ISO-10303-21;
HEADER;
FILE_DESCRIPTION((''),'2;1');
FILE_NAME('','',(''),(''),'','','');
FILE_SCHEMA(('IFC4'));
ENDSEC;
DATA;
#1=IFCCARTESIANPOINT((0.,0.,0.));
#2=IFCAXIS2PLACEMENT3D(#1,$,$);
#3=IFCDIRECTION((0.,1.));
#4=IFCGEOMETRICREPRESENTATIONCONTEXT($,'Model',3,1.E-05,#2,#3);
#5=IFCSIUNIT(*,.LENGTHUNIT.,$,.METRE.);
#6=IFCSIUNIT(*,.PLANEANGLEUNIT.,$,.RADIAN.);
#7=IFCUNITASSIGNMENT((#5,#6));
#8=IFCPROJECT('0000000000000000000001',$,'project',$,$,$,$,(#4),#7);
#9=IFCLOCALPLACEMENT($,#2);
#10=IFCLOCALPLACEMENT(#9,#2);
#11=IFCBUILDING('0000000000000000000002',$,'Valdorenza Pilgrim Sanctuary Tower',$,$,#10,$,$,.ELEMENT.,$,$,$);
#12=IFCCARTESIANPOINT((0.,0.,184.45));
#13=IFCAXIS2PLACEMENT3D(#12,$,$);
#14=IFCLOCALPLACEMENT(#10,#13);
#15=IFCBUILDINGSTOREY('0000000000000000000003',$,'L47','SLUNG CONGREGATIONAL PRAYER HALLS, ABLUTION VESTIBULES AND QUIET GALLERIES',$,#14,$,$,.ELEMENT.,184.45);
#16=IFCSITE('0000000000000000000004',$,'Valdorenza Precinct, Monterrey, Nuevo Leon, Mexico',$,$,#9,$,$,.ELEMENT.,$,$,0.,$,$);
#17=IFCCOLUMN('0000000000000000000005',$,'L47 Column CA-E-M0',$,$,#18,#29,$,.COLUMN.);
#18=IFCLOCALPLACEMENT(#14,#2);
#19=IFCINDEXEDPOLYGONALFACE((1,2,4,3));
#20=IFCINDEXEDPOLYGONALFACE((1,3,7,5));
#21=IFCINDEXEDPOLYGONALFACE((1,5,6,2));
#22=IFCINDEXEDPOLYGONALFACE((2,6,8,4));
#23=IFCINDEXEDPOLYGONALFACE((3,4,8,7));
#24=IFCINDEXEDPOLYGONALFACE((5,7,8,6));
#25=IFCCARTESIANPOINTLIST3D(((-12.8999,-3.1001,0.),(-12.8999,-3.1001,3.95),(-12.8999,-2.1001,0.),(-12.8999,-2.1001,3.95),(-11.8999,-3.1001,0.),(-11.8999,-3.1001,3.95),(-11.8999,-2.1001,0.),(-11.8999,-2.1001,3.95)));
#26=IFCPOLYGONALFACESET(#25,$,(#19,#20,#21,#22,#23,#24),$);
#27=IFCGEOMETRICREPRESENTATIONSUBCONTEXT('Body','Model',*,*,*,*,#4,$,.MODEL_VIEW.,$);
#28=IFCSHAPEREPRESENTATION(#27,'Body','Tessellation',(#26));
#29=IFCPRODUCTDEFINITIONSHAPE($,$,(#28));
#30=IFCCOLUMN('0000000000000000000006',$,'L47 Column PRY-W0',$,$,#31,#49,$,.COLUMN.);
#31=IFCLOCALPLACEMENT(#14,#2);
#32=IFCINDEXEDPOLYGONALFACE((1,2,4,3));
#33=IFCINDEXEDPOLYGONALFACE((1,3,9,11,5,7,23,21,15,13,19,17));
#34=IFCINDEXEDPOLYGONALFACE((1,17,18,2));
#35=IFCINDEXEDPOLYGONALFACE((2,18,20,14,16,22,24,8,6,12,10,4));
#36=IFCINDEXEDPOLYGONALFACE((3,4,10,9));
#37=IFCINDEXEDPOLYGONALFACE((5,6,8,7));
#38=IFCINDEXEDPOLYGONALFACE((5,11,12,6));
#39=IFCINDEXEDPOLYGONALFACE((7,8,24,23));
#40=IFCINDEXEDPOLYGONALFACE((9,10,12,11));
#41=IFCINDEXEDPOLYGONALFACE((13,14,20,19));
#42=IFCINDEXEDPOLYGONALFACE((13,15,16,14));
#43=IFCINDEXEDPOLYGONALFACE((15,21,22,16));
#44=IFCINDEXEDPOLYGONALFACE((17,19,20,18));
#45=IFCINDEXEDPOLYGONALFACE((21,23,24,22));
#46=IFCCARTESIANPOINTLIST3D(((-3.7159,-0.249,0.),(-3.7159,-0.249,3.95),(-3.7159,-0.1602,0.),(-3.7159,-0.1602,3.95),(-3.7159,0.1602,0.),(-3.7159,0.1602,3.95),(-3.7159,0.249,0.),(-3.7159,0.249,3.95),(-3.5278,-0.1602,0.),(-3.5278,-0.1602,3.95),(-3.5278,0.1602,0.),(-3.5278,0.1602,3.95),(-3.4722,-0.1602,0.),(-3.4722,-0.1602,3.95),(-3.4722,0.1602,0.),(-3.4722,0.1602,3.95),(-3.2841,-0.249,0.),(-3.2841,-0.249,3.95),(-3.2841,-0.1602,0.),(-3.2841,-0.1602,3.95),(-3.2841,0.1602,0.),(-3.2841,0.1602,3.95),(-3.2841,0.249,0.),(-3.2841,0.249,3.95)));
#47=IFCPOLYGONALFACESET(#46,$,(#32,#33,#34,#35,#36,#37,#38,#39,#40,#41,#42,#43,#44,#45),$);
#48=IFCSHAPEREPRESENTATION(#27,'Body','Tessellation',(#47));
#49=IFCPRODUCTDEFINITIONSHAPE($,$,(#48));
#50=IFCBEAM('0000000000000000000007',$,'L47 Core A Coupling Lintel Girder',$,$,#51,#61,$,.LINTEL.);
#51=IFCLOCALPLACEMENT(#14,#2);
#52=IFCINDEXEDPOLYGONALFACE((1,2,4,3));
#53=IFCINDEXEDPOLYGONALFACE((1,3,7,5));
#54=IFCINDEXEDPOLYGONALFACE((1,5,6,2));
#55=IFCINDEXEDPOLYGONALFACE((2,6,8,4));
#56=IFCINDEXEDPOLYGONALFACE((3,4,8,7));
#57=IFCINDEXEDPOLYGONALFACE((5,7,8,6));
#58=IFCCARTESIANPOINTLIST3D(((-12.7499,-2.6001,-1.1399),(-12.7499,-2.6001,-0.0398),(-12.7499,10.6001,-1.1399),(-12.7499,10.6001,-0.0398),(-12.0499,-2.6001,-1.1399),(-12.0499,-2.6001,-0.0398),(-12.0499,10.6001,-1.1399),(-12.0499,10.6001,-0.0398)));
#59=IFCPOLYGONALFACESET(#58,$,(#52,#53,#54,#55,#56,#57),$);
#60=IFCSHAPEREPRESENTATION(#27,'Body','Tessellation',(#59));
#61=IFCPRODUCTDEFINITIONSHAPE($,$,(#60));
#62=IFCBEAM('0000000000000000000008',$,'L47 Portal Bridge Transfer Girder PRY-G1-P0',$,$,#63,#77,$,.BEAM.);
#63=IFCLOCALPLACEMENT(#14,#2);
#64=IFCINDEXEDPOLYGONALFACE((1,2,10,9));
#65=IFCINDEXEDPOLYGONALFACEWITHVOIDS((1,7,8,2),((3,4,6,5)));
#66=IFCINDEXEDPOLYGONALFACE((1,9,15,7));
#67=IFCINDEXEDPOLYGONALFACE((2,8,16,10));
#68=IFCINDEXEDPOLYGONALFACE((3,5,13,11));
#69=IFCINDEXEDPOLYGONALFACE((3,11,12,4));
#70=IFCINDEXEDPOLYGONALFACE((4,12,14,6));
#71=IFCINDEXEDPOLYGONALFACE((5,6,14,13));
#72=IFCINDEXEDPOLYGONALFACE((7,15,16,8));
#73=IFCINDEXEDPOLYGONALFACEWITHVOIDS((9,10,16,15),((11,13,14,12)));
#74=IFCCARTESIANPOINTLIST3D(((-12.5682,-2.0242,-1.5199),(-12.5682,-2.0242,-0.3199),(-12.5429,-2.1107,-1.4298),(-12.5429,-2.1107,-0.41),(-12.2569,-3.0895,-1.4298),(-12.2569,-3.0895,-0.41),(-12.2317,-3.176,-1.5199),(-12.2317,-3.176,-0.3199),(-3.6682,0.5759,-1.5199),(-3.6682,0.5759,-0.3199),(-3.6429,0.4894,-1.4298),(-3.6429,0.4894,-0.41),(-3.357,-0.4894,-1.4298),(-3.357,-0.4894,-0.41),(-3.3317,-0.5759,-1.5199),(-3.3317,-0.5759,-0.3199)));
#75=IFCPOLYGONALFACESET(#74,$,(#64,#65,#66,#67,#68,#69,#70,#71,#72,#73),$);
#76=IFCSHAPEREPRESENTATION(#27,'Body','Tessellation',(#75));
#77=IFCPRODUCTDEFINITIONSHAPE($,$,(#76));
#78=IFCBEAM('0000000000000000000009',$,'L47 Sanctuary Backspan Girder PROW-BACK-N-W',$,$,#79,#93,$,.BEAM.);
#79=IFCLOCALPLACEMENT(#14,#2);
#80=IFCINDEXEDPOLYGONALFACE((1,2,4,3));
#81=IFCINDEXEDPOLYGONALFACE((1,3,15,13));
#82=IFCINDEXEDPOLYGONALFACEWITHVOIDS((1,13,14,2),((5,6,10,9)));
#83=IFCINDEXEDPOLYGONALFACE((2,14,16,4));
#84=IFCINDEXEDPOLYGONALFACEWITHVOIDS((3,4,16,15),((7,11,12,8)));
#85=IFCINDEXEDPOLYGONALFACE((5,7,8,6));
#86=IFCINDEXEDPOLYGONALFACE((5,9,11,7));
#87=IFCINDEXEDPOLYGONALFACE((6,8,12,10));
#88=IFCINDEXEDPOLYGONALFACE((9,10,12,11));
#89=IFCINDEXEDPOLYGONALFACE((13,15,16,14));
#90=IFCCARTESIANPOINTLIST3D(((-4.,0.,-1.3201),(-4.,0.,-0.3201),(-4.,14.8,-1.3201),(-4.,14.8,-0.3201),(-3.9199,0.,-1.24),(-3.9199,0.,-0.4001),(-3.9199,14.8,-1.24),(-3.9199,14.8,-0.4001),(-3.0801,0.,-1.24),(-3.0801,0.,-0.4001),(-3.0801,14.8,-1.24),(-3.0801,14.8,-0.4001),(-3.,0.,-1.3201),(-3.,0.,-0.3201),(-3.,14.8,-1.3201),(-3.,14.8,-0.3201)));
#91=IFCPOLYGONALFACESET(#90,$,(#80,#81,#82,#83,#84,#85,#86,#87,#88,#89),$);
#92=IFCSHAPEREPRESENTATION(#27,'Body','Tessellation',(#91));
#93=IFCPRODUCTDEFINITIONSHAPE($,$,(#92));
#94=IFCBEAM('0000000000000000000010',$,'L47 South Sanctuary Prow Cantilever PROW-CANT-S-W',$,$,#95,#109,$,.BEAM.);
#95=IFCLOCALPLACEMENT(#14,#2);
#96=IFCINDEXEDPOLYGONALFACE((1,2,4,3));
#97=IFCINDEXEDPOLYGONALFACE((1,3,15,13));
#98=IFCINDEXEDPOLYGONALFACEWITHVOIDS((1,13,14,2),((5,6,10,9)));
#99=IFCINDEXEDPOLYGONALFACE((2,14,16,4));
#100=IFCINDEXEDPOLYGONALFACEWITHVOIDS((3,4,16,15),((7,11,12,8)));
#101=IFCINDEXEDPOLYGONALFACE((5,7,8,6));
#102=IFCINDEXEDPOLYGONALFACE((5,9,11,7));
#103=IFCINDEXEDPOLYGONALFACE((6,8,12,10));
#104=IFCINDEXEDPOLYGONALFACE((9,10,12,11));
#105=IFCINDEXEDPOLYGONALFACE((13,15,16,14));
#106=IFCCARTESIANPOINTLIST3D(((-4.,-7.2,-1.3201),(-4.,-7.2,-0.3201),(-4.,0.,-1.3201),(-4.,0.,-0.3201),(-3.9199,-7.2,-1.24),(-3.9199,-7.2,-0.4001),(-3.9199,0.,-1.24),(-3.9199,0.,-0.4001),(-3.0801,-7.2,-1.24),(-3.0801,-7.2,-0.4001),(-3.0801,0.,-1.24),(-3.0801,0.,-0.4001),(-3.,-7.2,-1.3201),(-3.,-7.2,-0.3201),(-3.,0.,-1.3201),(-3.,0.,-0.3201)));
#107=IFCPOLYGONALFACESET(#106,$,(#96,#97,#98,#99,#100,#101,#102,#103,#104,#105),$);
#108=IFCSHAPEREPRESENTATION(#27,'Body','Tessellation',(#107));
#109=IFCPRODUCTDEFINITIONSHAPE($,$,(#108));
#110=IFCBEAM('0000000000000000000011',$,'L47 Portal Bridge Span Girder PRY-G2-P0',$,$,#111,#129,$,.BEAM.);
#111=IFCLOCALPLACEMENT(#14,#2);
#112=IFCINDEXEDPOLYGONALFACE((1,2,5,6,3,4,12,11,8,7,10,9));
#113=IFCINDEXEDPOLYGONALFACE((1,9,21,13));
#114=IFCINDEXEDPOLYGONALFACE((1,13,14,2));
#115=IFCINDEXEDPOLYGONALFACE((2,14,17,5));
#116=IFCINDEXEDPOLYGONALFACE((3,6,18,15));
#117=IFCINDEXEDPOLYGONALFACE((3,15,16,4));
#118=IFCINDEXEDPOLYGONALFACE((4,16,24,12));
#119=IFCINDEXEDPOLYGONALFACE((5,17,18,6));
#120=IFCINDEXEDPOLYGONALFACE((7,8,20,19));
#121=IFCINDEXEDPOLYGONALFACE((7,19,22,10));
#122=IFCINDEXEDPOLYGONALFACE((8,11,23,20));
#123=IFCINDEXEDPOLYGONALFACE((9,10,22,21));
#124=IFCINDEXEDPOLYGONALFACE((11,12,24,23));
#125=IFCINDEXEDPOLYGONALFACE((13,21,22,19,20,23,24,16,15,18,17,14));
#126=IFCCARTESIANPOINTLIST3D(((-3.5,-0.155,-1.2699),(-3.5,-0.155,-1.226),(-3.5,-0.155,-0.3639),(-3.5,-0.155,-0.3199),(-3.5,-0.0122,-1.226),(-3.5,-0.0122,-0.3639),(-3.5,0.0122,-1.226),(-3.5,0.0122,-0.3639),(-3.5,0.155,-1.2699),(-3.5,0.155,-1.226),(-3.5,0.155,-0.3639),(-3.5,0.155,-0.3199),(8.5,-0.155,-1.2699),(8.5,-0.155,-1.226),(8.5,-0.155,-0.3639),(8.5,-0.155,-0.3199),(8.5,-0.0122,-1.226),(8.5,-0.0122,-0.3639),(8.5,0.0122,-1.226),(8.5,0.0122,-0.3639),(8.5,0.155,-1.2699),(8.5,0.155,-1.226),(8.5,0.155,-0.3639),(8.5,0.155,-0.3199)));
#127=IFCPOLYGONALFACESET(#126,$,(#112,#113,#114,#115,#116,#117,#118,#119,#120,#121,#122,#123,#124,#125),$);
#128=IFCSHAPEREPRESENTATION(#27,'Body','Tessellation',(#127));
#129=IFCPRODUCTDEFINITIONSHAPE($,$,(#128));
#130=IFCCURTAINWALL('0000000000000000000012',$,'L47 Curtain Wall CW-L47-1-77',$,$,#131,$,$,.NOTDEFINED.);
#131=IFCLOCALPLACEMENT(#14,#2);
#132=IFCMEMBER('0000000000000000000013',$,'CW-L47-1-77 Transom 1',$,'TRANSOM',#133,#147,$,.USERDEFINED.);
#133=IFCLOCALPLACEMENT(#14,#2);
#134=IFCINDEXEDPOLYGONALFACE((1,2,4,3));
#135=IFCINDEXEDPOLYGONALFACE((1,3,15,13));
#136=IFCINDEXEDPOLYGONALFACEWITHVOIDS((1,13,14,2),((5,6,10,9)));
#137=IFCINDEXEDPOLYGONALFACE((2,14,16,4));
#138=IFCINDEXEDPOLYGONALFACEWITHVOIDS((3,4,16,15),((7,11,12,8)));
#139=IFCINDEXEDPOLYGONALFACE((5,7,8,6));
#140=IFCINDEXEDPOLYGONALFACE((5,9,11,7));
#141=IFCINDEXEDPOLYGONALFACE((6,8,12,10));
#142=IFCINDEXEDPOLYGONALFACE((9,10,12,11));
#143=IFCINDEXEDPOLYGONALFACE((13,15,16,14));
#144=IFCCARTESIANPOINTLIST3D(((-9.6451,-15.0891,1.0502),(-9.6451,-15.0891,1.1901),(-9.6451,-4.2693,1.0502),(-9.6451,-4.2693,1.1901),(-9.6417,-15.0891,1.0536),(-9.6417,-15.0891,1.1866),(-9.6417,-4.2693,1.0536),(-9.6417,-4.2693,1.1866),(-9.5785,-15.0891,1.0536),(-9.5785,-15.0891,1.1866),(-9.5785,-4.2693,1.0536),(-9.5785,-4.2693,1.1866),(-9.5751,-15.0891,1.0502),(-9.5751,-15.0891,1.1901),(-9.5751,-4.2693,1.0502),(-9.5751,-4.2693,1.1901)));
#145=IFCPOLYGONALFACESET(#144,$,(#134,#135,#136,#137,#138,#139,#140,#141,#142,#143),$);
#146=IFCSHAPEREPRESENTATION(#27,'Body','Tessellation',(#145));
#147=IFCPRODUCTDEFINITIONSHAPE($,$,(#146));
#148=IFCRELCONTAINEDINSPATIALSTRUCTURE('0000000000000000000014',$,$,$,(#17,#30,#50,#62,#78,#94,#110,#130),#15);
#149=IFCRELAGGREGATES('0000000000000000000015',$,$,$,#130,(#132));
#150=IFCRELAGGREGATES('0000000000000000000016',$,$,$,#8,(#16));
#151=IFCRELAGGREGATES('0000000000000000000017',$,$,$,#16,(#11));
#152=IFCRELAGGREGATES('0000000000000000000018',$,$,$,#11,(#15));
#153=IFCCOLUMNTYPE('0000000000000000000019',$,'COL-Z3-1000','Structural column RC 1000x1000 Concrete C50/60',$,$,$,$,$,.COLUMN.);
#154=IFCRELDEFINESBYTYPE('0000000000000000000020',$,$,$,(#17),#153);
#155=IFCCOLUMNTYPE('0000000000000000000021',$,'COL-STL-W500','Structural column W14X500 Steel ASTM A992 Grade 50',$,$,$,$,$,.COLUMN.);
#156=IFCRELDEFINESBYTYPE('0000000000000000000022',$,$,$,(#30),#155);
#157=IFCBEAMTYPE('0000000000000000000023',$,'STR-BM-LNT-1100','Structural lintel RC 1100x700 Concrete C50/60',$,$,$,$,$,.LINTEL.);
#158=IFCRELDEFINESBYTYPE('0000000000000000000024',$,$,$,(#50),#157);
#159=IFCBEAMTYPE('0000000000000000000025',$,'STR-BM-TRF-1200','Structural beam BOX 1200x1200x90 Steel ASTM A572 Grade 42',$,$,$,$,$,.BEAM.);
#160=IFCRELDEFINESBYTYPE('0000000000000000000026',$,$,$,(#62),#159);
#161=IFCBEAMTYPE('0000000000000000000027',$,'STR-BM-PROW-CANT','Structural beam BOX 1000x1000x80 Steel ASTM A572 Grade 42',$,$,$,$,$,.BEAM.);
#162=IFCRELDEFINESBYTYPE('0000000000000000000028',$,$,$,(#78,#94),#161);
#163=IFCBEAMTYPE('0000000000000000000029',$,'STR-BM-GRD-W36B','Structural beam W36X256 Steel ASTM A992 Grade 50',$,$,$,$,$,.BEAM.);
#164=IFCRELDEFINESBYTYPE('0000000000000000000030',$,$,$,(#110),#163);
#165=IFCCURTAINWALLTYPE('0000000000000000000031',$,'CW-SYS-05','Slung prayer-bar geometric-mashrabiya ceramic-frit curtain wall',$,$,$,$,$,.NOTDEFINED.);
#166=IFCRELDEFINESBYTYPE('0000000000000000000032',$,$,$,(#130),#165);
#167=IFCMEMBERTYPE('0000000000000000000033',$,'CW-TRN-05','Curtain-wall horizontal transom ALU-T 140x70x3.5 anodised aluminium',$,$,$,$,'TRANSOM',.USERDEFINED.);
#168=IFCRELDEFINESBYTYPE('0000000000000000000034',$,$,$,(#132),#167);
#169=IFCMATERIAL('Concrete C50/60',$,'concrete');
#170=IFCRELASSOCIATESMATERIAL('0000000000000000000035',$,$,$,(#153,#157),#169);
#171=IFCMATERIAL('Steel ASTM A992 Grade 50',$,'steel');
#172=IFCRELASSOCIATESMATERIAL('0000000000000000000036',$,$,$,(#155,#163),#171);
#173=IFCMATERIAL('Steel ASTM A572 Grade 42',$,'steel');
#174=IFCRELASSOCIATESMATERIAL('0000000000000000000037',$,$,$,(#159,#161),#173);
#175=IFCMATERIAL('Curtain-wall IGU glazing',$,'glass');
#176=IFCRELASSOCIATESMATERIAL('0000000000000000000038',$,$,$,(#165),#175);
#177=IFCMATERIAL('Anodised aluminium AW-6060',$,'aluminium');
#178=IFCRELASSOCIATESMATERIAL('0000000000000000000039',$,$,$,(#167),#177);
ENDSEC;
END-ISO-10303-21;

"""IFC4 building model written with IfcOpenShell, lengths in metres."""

from ifc_helpers import new_model, si_unit, direction, frame, origin, origin_2d, place, context, subcontext, project, spatial, rectangle, hollow_rectangle, i_section, extrude, source, transform, mapped, material, material_profile, profile_set, type_object, element, aggregate, save


model = new_model("IFC4")

# Units and contexts
model_context = context("Model", 3, precision=1e-05, world=origin(), true_north=direction((0.0, 1.0)))
body_context = subcontext(model_context, "Body", "Model", "MODEL_VIEW")
ifc_project = project(units=[si_unit("LENGTHUNIT", "METRE"), si_unit("PLANEANGLEUNIT", "RADIAN")], contexts=[model_context])

# Site, building, storey
site_placement = place(None, origin())
site = spatial("IfcSite", under=ifc_project, at=site_placement, Name="Valdorenza Precinct, Monterrey, Nuevo Leon, Mexico", CompositionType="ELEMENT", RefElevation=0.0)
building_placement = place(site_placement, origin())
building = spatial("IfcBuilding", under=site, at=building_placement, Name="Valdorenza Pilgrim Sanctuary Tower", CompositionType="ELEMENT")
storey_placement = place(building_placement, frame((0.0, 0.0, 184.45)))
storey = spatial("IfcBuildingStorey", under=building, at=storey_placement, Name="L47", Description="SLUNG CONGREGATIONAL PRAYER HALLS, ABLUTION VESTIBULES AND QUIET GALLERIES", CompositionType="ELEMENT", Elevation=184.45)

# Columns
ifc_material_1 = material(Name="Concrete C50/60", Category="concrete")
ifc_material_profile_1 = material_profile(ifc_material_1, rectangle(XDim=1.0, YDim=1.0, at=origin_2d()), Name="RC 1000x1000")
ifc_profile_set_1 = profile_set([ifc_material_profile_1], Name="Concrete C50/60")
column_type_1 = type_object("IfcColumnType", Name="COL-Z3-1000", Description="Structural column RC 1000x1000 Concrete C50/60", PredefinedType="COLUMN", material=ifc_profile_set_1)
shared_shape_1 = source(origin(), body_context, "Body", "SweptSolid", [
    extrude(rectangle(XDim=1.0, YDim=1.0, at=origin_2d()), origin(), (0.0, 0.0, 1.0), 3.95),
])
column_1_placement = place(storey_placement, frame((-12.3999, -2.6001, 0.0), z_axis=(0.0, 0.0, 1.0), x_axis=(1.0, 0.0, 0.0)))
element("IfcColumn", 1, at=column_1_placement, inside=storey, type_object=column_type_1, Name="L47 Column CA-E-M0", PredefinedType="COLUMN", context=body_context, shape_type="MappedRepresentation", body=[
    mapped(shared_shape_1, transform((0.0, 0.0, 0.0), x_axis=(1.0, 0.0, 0.0), y_axis=(0.0, 1.0, 0.0), z_axis=(0.0, 0.0, 1.0), scale=1.0)),
])
ifc_material_2 = material(Name="Steel ASTM A992 Grade 50", Category="steel")
ifc_material_profile_2 = material_profile(ifc_material_2, i_section(OverallWidth=0.4319, OverallDepth=0.498, WebThickness=0.0557, FlangeThickness=0.0889, at=origin_2d()), Name="W14X500")
ifc_profile_set_2 = profile_set([ifc_material_profile_2], Name="Steel ASTM A992 Grade 50")
column_type_2 = type_object("IfcColumnType", Name="COL-STL-W500", Description="Structural column W14X500 Steel ASTM A992 Grade 50", PredefinedType="COLUMN", material=ifc_profile_set_2)
shared_shape_2 = source(origin(), body_context, "Body", "SweptSolid", [
    extrude(i_section(OverallWidth=0.4319, OverallDepth=0.498, WebThickness=0.0557, FlangeThickness=0.0889, at=origin_2d()), origin(), (0.0, 0.0, 1.0), 3.95),
])
column_2_placement = place(storey_placement, frame((-3.5, 0.0, 0.0), z_axis=(0.0, 0.0, 1.0), x_axis=(1.0, 0.0, 0.0)))
element("IfcColumn", 2, at=column_2_placement, inside=storey, type_object=column_type_2, Name="L47 Column PRY-W0", PredefinedType="COLUMN", context=body_context, shape_type="MappedRepresentation", body=[
    mapped(shared_shape_2, transform((0.0, 0.0, 0.0), x_axis=(1.0, 0.0, 0.0), y_axis=(0.0, 1.0, 0.0), z_axis=(0.0, 0.0, 1.0), scale=1.0)),
])

# Beams
ifc_material_profile_3 = material_profile(ifc_material_1, rectangle(XDim=0.7, YDim=1.1001, at=origin_2d()), Name="RC 1100x700")
ifc_profile_set_3 = profile_set([ifc_material_profile_3], Name="Concrete C50/60")
beam_type_1 = type_object("IfcBeamType", Name="STR-BM-LNT-1100", Description="Structural lintel RC 1100x700 Concrete C50/60", PredefinedType="LINTEL", material=ifc_profile_set_3)
shared_shape_3 = source(origin(), body_context, "Body", "SweptSolid", [
    extrude(rectangle(XDim=0.7, YDim=1.1001, at=origin_2d()), origin(), (0.0, 0.0, 1.0), 13.2002),
])
beam_1_placement = place(storey_placement, frame((-12.3999, -2.6001, -0.5898), z_axis=(0.0, 1.0, 0.0), x_axis=(-1.0, 0.0, 0.0)))
element("IfcBeam", 3, at=beam_1_placement, inside=storey, type_object=beam_type_1, Name="L47 Core A Coupling Lintel Girder", PredefinedType="LINTEL", context=body_context, shape_type="MappedRepresentation", body=[
    mapped(shared_shape_3, transform((0.0, 0.0, 0.0), x_axis=(1.0, 0.0, 0.0), y_axis=(0.0, 1.0, 0.0), z_axis=(0.0, 0.0, 1.0), scale=1.0)),
])
ifc_material_3 = material(Name="Steel ASTM A572 Grade 42", Category="steel")
ifc_material_profile_4 = material_profile(ifc_material_3, hollow_rectangle(XDim=1.2, YDim=1.2, WallThickness=0.0901, at=origin_2d()), Name="BOX 1200x1200x90")
ifc_profile_set_4 = profile_set([ifc_material_profile_4], Name="Steel ASTM A572 Grade 42")
beam_type_2 = type_object("IfcBeamType", Name="STR-BM-TRF-1200", Description="Structural beam BOX 1200x1200x90 Steel ASTM A572 Grade 42", PredefinedType="BEAM", material=ifc_profile_set_4)
shared_shape_4 = source(origin(), body_context, "Body", "SweptSolid", [
    extrude(hollow_rectangle(XDim=1.2, YDim=1.2, WallThickness=0.0901, at=origin_2d()), origin(), (0.0, 0.0, 1.0), 9.272),
])
beam_2_placement = place(storey_placement, frame((-12.3999, -2.6001, -0.9199), z_axis=(0.959875, 0.280427, 0.0), x_axis=(-0.280427, 0.959875, 0.0)))
element("IfcBeam", 4, at=beam_2_placement, inside=storey, type_object=beam_type_2, Name="L47 Portal Bridge Transfer Girder PRY-G1-P0", PredefinedType="BEAM", context=body_context, shape_type="MappedRepresentation", body=[
    mapped(shared_shape_4, transform((0.0, 0.0, 0.0), x_axis=(1.0, 0.0, 0.0), y_axis=(0.0, 1.0, 0.0), z_axis=(0.0, 0.0, 1.0), scale=1.0)),
])
ifc_material_profile_5 = material_profile(ifc_material_3, hollow_rectangle(XDim=1.0, YDim=1.0, WallThickness=0.0801, at=origin_2d()), Name="BOX 1000x1000x80")
ifc_profile_set_5 = profile_set([ifc_material_profile_5], Name="Steel ASTM A572 Grade 42")
beam_type_3 = type_object("IfcBeamType", Name="STR-BM-PROW-CANT", Description="Structural beam BOX 1000x1000x80 Steel ASTM A572 Grade 42", PredefinedType="BEAM", material=ifc_profile_set_5)
shared_shape_5 = source(origin(), body_context, "Body", "SweptSolid", [
    extrude(hollow_rectangle(XDim=1.0, YDim=1.0, WallThickness=0.0801, at=origin_2d()), origin(), (0.0, 0.0, 1.0), 14.8),
])
beam_3_placement = place(storey_placement, frame((-3.5, 0.0, -0.8201), z_axis=(0.0, 1.0, 0.0), x_axis=(-1.0, 0.0, 0.0)))
element("IfcBeam", 5, at=beam_3_placement, inside=storey, type_object=beam_type_3, Name="L47 Sanctuary Backspan Girder PROW-BACK-N-W", PredefinedType="BEAM", context=body_context, shape_type="MappedRepresentation", body=[
    mapped(shared_shape_5, transform((0.0, 0.0, 0.0), x_axis=(1.0, 0.0, 0.0), y_axis=(0.0, 1.0, 0.0), z_axis=(0.0, 0.0, 1.0), scale=1.0)),
])
shared_shape_6 = source(origin(), body_context, "Body", "SweptSolid", [
    extrude(hollow_rectangle(XDim=1.0, YDim=1.0, WallThickness=0.0801, at=origin_2d()), origin(), (0.0, 0.0, 1.0), 7.2),
])
beam_4_placement = place(storey_placement, frame((-3.5, 0.0, -0.8201), z_axis=(0.0, -1.0, 0.0), x_axis=(1.0, 0.0, 0.0)))
element("IfcBeam", 6, at=beam_4_placement, inside=storey, type_object=beam_type_3, Name="L47 South Sanctuary Prow Cantilever PROW-CANT-S-W", PredefinedType="BEAM", context=body_context, shape_type="MappedRepresentation", body=[
    mapped(shared_shape_6, transform((0.0, 0.0, 0.0), x_axis=(1.0, 0.0, 0.0), y_axis=(0.0, 1.0, 0.0), z_axis=(0.0, 0.0, 1.0), scale=1.0)),
])
ifc_material_profile_6 = material_profile(ifc_material_2, i_section(OverallWidth=0.3101, OverallDepth=0.95, WebThickness=0.0244, FlangeThickness=0.0439, at=origin_2d()), Name="W36X256")
ifc_profile_set_6 = profile_set([ifc_material_profile_6], Name="Steel ASTM A992 Grade 50")
beam_type_4 = type_object("IfcBeamType", Name="STR-BM-GRD-W36B", Description="Structural beam W36X256 Steel ASTM A992 Grade 50", PredefinedType="BEAM", material=ifc_profile_set_6)
shared_shape_7 = source(origin(), body_context, "Body", "SweptSolid", [
    extrude(i_section(OverallWidth=0.3101, OverallDepth=0.95, WebThickness=0.0244, FlangeThickness=0.0439, at=origin_2d()), origin(), (0.0, 0.0, 1.0), 12.0),
])
beam_5_placement = place(storey_placement, frame((-3.5, 0.0, -0.7949), z_axis=(1.0, 0.0, 0.0), x_axis=(0.0, 1.0, 0.0)))
element("IfcBeam", 7, at=beam_5_placement, inside=storey, type_object=beam_type_4, Name="L47 Portal Bridge Span Girder PRY-G2-P0", PredefinedType="BEAM", context=body_context, shape_type="MappedRepresentation", body=[
    mapped(shared_shape_7, transform((0.0, 0.0, 0.0), x_axis=(1.0, 0.0, 0.0), y_axis=(0.0, 1.0, 0.0), z_axis=(0.0, 0.0, 1.0), scale=1.0)),
])

# Curtain wall, member
ifc_material_4 = material(Name="Curtain-wall IGU glazing", Category="glass")
curtain_wall_type = type_object("IfcCurtainWallType", Name="CW-SYS-05", Description="Slung prayer-bar geometric-mashrabiya ceramic-frit curtain wall", PredefinedType="NOTDEFINED", material=ifc_material_4)
curtain_wall_placement = place(storey_placement, origin())
curtain_wall = element("IfcCurtainWall", 8, at=curtain_wall_placement, inside=storey, type_object=curtain_wall_type, Name="L47 Curtain Wall CW-L47-1-77", PredefinedType="NOTDEFINED")
ifc_material_5 = material(Name="Anodised aluminium AW-6060", Category="aluminium")
ifc_material_profile_7 = material_profile(ifc_material_5, hollow_rectangle(XDim=0.0701, YDim=0.1399, WallThickness=0.0034, at=origin_2d()), Name="ALU-T 140x70x3.5")
ifc_profile_set_7 = profile_set([ifc_material_profile_7], Name="Anodised aluminium AW-6060")
member_type_1 = type_object("IfcMemberType", Name="CW-TRN-05", Description="Curtain-wall horizontal transom ALU-T 140x70x3.5 anodised aluminium", ElementType="TRANSOM", PredefinedType="USERDEFINED", material=ifc_profile_set_7)
shared_shape_8 = source(origin(), body_context, "Body", "SweptSolid", [
    extrude(hollow_rectangle(XDim=0.0701, YDim=0.1399, WallThickness=0.0034, at=origin_2d()), origin(), (0.0, 0.0, 1.0), 10.8198),
])
member_1_placement = place(storey_placement, frame((-9.6101, -4.2693, 1.1201), z_axis=(0.0, -1.0, 0.0), x_axis=(1.0, 0.0, 0.0)))
member_1 = element("IfcMember", 9, at=member_1_placement, type_object=member_type_1, Name="CW-L47-1-77 Transom 1", ObjectType="TRANSOM", PredefinedType="USERDEFINED", context=body_context, shape_type="MappedRepresentation", body=[
    mapped(shared_shape_8, transform((0.0, 0.0, 0.0), x_axis=(1.0, 0.0, 0.0), y_axis=(0.0, 1.0, 0.0), z_axis=(0.0, 0.0, 1.0), scale=1.0)),
])
aggregate(curtain_wall, [member_1])

save(model, "model.ifc")
